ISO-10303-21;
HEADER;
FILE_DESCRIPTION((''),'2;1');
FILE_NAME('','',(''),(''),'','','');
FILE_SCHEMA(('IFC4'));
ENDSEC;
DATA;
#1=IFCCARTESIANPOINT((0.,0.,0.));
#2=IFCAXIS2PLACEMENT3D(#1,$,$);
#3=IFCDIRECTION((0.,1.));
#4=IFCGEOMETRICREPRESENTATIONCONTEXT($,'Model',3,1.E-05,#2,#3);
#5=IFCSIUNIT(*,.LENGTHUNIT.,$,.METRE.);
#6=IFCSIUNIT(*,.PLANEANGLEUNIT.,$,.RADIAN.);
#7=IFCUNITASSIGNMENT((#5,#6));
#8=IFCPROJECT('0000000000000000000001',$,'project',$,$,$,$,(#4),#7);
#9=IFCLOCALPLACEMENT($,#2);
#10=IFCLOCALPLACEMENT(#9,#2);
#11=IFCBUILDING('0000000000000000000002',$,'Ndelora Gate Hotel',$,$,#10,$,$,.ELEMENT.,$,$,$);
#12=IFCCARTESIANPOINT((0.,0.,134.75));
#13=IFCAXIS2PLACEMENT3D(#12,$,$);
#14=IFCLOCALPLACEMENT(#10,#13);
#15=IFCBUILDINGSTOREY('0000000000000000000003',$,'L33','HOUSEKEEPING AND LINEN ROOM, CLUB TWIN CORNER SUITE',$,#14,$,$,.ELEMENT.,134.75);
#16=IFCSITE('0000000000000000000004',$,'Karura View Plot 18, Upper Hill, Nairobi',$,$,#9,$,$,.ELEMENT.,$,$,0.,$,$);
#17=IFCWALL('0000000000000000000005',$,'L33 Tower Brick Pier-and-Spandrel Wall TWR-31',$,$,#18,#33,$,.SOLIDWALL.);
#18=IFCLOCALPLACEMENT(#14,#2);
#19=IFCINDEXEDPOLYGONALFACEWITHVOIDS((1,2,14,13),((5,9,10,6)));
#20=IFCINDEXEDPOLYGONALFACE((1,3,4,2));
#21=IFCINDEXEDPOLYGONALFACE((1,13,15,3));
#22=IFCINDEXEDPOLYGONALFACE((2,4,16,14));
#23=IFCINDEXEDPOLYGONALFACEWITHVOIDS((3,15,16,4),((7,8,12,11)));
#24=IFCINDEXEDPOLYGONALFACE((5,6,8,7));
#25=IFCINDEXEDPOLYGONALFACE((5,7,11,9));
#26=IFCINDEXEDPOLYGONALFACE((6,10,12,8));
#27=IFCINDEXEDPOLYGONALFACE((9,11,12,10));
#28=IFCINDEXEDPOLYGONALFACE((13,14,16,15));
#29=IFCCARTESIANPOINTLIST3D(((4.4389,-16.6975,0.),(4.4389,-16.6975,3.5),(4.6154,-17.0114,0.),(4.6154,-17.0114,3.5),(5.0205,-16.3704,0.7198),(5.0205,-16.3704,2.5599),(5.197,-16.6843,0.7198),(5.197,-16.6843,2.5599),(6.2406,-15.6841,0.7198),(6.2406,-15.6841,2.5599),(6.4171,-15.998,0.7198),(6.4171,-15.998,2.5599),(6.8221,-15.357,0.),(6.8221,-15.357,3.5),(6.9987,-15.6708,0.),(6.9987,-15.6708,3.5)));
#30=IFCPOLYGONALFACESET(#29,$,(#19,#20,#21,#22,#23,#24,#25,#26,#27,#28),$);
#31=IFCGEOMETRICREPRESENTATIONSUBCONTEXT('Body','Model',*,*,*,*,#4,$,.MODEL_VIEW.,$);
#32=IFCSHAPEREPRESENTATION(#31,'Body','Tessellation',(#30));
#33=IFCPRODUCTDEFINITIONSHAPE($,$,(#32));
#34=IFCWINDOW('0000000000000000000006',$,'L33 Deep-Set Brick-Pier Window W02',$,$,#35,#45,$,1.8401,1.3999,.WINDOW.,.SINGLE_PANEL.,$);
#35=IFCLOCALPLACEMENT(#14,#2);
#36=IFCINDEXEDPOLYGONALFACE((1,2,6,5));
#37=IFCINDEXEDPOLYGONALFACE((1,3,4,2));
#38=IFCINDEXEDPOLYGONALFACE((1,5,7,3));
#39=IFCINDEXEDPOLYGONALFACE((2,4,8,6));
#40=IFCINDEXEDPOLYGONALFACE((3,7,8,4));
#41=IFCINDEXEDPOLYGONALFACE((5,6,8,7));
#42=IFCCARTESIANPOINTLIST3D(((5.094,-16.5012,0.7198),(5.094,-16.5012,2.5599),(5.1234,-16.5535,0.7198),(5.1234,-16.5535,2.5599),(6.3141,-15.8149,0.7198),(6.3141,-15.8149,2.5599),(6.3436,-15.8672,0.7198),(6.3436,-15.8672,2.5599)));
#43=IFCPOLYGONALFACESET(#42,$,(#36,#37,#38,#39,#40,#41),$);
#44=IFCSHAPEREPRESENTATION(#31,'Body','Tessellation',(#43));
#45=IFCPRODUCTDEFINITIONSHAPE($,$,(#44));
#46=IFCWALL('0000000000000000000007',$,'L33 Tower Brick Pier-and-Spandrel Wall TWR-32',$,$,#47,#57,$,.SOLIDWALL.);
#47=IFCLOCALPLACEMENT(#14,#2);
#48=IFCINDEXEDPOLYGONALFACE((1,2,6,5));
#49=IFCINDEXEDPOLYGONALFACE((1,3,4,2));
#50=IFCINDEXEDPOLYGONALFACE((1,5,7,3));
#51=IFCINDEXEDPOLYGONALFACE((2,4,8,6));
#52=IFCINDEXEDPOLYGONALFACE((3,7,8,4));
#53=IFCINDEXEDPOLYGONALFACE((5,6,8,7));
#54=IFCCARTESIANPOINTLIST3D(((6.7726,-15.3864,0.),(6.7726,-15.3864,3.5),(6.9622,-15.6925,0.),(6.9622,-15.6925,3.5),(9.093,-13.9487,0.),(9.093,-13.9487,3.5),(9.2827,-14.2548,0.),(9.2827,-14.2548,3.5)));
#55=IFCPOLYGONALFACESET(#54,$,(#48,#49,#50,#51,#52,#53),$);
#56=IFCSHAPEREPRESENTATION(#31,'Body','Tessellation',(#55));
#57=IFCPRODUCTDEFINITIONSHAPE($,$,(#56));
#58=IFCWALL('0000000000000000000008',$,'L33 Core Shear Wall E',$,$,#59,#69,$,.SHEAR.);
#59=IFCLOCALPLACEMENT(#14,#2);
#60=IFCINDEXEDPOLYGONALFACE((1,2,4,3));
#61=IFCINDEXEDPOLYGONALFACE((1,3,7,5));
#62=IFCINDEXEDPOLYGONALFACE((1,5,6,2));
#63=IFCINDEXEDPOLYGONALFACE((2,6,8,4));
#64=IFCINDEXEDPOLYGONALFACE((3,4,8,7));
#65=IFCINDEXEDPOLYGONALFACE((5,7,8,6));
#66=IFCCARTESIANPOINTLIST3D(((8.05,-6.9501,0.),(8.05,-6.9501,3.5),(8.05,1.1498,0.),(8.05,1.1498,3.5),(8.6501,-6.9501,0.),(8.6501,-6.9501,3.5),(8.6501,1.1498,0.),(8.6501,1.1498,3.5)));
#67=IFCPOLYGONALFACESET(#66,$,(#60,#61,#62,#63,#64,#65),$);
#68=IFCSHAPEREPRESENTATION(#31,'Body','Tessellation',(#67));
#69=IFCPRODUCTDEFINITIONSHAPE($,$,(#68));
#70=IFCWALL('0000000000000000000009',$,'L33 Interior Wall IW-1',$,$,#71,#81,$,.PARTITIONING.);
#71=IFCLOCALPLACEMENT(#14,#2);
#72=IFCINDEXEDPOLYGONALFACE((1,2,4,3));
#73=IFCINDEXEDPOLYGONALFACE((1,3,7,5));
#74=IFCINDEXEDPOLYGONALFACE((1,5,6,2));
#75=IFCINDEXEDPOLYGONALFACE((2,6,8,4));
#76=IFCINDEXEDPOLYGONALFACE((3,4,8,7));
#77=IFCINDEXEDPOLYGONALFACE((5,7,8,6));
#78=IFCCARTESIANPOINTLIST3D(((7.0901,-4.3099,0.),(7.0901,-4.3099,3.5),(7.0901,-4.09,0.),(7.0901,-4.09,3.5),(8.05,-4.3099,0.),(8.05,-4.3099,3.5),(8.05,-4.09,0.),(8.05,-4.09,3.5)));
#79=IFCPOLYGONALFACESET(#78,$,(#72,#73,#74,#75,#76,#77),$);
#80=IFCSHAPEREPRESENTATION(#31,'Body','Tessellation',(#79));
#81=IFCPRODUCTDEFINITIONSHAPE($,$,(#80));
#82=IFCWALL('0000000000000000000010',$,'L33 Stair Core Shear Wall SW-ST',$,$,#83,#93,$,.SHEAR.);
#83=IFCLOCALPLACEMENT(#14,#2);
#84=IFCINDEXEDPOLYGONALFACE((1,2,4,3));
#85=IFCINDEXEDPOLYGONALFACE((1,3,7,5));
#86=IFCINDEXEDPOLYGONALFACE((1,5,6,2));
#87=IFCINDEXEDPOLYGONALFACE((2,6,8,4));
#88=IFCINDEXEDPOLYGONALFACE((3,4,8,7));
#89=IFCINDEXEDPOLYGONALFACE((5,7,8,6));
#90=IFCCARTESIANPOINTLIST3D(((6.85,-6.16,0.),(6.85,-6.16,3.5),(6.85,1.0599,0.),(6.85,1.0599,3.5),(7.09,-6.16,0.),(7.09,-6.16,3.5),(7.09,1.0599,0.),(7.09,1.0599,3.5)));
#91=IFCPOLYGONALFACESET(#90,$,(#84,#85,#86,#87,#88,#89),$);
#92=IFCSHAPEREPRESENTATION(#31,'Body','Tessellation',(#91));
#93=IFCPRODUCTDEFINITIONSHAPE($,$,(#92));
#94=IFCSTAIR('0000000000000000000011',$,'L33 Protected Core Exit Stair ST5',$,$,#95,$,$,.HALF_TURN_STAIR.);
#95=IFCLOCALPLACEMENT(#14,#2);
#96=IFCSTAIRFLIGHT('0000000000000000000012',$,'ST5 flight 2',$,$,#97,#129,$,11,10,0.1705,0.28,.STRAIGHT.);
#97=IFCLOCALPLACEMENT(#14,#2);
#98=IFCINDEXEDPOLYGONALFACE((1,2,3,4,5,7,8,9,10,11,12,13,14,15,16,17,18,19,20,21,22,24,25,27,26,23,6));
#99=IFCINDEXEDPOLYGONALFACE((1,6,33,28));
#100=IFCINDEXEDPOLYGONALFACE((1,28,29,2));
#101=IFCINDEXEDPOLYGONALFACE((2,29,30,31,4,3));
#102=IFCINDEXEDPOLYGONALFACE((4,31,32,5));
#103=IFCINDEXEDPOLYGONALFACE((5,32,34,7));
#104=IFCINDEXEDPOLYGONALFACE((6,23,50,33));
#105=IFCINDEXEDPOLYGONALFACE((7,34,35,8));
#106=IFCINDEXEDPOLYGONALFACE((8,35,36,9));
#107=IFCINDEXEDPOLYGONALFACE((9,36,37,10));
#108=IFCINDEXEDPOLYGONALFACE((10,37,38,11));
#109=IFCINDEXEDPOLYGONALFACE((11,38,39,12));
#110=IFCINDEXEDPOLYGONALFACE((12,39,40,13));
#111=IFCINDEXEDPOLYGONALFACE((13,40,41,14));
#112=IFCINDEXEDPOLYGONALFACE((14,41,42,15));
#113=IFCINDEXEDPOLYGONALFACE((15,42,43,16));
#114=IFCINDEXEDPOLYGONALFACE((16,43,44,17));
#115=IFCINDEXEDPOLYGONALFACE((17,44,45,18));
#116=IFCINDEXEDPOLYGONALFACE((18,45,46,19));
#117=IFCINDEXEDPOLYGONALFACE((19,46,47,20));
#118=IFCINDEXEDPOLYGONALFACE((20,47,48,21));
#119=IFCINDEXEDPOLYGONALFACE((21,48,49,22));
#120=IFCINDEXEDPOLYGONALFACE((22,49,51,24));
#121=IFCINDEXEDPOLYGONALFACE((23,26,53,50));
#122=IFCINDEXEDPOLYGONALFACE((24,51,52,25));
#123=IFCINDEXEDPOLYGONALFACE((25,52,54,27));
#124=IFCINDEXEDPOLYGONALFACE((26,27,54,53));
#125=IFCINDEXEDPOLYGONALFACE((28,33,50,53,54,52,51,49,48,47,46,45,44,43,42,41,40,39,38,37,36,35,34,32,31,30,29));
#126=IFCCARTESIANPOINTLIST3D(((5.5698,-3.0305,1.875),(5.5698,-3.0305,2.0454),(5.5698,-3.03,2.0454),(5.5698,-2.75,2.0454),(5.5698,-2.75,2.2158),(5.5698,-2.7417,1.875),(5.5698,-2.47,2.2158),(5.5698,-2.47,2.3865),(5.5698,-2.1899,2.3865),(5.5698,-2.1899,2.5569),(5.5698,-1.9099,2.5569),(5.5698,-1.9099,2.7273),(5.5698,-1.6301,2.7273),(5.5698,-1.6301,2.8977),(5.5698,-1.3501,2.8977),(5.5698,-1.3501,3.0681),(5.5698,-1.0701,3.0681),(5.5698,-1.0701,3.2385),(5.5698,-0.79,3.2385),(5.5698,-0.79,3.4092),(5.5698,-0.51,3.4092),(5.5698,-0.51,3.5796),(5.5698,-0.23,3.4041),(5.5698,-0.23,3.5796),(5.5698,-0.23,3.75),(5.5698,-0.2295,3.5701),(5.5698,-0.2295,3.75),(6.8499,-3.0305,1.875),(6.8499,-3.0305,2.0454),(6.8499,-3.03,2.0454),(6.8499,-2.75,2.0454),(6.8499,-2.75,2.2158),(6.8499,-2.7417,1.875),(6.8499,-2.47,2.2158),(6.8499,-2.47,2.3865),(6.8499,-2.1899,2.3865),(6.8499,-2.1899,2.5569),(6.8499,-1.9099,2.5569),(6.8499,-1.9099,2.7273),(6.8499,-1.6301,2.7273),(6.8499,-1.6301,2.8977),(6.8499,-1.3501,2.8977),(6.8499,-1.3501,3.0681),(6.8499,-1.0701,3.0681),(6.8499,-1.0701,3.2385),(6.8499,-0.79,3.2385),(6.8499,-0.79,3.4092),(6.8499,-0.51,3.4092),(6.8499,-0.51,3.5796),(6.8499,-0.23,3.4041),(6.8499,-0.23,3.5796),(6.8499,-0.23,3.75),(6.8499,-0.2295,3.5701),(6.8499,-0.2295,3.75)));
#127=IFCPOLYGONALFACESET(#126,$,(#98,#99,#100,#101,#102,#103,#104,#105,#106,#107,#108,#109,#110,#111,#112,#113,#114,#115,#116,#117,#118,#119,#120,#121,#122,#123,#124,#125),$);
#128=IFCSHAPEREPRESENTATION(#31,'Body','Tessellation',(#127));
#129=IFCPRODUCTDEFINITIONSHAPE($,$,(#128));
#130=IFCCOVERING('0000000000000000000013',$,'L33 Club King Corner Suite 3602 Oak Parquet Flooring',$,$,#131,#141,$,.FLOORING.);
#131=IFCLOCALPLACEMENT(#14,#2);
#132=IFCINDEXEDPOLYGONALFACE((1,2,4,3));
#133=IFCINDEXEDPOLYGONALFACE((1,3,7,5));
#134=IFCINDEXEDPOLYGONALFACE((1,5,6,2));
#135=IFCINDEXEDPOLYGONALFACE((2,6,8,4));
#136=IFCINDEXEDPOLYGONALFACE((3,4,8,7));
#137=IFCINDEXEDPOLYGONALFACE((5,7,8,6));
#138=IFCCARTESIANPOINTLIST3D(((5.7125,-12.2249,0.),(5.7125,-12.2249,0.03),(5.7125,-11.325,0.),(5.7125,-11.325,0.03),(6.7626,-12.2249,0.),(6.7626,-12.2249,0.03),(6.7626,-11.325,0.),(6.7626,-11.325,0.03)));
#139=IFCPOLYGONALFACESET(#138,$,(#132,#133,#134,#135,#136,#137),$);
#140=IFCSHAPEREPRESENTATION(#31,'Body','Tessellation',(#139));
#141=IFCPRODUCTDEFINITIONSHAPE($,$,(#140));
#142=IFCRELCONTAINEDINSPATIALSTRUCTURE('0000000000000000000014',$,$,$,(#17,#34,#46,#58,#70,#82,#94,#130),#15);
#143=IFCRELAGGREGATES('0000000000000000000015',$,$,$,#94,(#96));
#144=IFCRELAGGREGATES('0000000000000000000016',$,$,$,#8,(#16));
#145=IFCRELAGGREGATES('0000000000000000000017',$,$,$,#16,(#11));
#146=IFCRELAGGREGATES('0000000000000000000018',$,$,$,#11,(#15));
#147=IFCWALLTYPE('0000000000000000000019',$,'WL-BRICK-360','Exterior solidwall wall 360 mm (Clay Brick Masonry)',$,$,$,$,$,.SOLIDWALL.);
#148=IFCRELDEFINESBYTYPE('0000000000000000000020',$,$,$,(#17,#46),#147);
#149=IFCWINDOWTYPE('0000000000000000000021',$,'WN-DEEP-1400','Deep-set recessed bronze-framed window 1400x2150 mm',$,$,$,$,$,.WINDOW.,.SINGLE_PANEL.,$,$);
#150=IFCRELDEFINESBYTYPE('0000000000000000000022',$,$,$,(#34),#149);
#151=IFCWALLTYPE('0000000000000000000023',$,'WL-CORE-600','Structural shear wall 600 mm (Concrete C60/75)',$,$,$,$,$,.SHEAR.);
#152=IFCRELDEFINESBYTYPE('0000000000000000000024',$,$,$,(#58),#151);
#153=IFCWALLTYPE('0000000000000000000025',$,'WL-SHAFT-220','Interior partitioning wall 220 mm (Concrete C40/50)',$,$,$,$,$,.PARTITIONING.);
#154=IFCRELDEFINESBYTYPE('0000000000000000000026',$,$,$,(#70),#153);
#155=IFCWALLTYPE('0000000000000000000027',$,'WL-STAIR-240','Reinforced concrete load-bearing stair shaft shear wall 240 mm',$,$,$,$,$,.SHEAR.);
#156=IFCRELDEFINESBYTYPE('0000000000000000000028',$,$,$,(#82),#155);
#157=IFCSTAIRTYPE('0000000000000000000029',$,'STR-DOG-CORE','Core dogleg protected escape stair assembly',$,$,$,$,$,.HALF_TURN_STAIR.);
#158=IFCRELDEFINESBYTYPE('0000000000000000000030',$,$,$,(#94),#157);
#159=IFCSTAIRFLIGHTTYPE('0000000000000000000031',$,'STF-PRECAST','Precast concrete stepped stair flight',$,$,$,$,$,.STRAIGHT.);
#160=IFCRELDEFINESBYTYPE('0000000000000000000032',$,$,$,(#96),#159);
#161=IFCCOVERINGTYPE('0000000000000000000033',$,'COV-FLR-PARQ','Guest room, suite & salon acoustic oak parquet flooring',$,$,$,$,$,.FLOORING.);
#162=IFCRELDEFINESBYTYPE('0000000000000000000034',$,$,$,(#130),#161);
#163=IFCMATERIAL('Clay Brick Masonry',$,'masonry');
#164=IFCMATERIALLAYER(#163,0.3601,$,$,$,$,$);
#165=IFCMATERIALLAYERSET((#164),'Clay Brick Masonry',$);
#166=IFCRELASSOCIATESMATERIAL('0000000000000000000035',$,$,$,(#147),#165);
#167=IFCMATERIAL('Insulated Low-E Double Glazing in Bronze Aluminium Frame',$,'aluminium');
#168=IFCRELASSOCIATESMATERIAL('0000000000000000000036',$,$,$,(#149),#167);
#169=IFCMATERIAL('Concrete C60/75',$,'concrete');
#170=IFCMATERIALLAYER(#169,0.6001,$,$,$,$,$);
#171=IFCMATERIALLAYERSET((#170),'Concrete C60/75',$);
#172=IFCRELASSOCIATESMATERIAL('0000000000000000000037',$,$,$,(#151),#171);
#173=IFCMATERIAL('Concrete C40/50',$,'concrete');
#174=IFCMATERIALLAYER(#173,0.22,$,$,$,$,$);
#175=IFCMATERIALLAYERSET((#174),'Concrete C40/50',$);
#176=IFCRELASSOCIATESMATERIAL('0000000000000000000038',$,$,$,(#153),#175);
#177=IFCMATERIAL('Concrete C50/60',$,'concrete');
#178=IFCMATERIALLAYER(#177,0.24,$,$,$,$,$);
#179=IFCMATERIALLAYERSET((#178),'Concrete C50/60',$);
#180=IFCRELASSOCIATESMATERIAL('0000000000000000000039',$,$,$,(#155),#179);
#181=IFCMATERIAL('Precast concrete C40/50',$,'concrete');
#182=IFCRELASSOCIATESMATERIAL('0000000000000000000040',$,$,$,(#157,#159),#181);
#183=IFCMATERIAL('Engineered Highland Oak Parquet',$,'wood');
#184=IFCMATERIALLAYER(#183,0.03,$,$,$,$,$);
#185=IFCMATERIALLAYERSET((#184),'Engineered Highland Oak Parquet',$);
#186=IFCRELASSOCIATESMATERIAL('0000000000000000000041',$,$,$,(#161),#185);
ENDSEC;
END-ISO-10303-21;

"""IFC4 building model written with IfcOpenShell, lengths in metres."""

from ifc_helpers import new_model, si_unit, direction, frame, frame_2d, origin, origin_2d, place, context, subcontext, project, spatial, polyline, rectangle, outline, extrude, material, layer, layer_set, type_object, element, fill, aggregate, save


model = new_model("IFC4")

# Units and contexts
model_context = context("Model", 3, precision=1e-05, world=origin(), true_north=direction((0.0, 1.0)))
body_context = subcontext(model_context, "Body", "Model", "MODEL_VIEW")
ifc_project = project(units=[si_unit("LENGTHUNIT", "METRE"), si_unit("PLANEANGLEUNIT", "RADIAN")], contexts=[model_context])

# Site, building, storey
site_placement = place(None, origin())
site = spatial("IfcSite", under=ifc_project, at=site_placement, Name="Karura View Plot 18, Upper Hill, Nairobi", CompositionType="ELEMENT", RefElevation=0.0)
building_placement = place(site_placement, origin())
building = spatial("IfcBuilding", under=site, at=building_placement, Name="Ndelora Gate Hotel", CompositionType="ELEMENT")
storey_placement = place(building_placement, frame((0.0, 0.0, 134.75)))
storey = spatial("IfcBuildingStorey", under=building, at=storey_placement, Name="L33", Description="HOUSEKEEPING AND LINEN ROOM, CLUB TWIN CORNER SUITE", CompositionType="ELEMENT", Elevation=134.75)

# Shared definitions
ifc_material_1 = material(Name="Concrete C60/75", Category="concrete")

# Wall, opening, window
ifc_material_2 = material(Name="Clay Brick Masonry", Category="masonry")
ifc_layer_1 = layer(ifc_material_2, 0.3601)
ifc_layer_set_1 = layer_set([ifc_layer_1], Name="Clay Brick Masonry")
wall_type_1 = type_object("IfcWallType", Name="WL-BRICK-360", Description="Exterior solidwall wall 360 mm (Clay Brick Masonry)", PredefinedType="SOLIDWALL", material=ifc_layer_set_1)
wall_1_placement = place(storey_placement, frame((6.9104, -15.5139, 0.0), z_axis=(0.0, 0.0, 1.0), x_axis=(-0.87158, -0.490253, 0.0)))
wall_1 = element("IfcWall", 1, at=wall_1_placement, inside=storey, type_object=wall_type_1, Name="L33 Tower Brick Pier-and-Spandrel Wall TWR-31", PredefinedType="SOLIDWALL", context=body_context, shape_type="SweptSolid", body=[
    extrude(rectangle(XDim=2.7344, YDim=0.3601, at=frame_2d((1.3672, 0.0))), origin(), (0.0, 0.0, 1.0), 3.5),
])
opening_1_placement = place(wall_1_placement, frame((0.6672, 0.0, 0.72)))
opening_1 = element("IfcOpeningElement", 2, at=opening_1_placement, cuts=wall_1, PredefinedType="OPENING", context=body_context, shape_type="SweptSolid", body=[
    extrude(rectangle(XDim=1.3999, YDim=1.8401, at=frame_2d((0.7, 0.9199))), frame((0.0, 0.1899, 0.0), z_axis=(0.0, -1.0, 0.0), x_axis=(1.0, 0.0, 0.0)), (0.0, 0.0, 1.0), 0.3801),
])
ifc_material_3 = material(Name="Insulated Low-E Double Glazing in Bronze Aluminium Frame", Category="aluminium")
window_type = type_object("IfcWindowType", Name="WN-DEEP-1400", Description="Deep-set recessed bronze-framed window 1400x2150 mm", PartitioningType="SINGLE_PANEL", PredefinedType="WINDOW", material=ifc_material_3)
window_placement = place(opening_1_placement, origin())
window = element("IfcWindow", 3, at=window_placement, inside=storey, type_object=window_type, Name="L33 Deep-Set Brick-Pier Window W02", OverallHeight=1.8401, OverallWidth=1.3999, PartitioningType="SINGLE_PANEL", PredefinedType="WINDOW", context=body_context, shape_type="SweptSolid", body=[
    extrude(rectangle(XDim=1.3999, YDim=1.8401, at=frame_2d((0.7, 0.9199))), frame((0.0, 0.03, 0.0), z_axis=(0.0, -1.0, 0.0), x_axis=(1.0, 0.0, 0.0)), (0.0, 0.0, 1.0), 0.0601),
])
fill(opening_1, window)

# Walls
wall_2_placement = place(storey_placement, frame((9.1877, -14.1018, 0.0), z_axis=(0.0, 0.0, 1.0), x_axis=(-0.850067, -0.526675, 0.0)))
element("IfcWall", 4, at=wall_2_placement, inside=storey, type_object=wall_type_1, Name="L33 Tower Brick Pier-and-Spandrel Wall TWR-32", PredefinedType="SOLIDWALL", context=body_context, shape_type="SweptSolid", body=[
    extrude(rectangle(XDim=2.7297, YDim=0.3601, at=frame_2d((1.3647, 0.0))), origin(), (0.0, 0.0, 1.0), 3.5),
])
ifc_layer_2 = layer(ifc_material_1, 0.6001)
ifc_layer_set_2 = layer_set([ifc_layer_2], Name="Concrete C60/75")
wall_type_2 = type_object("IfcWallType", Name="WL-CORE-600", Description="Structural shear wall 600 mm (Concrete C60/75)", PredefinedType="SHEAR", material=ifc_layer_set_2)
wall_3_placement = place(storey_placement, frame((8.3501, -6.95, 0.0), z_axis=(0.0, 0.0, 1.0), x_axis=(0.0, 1.0, 0.0)))
element("IfcWall", 5, at=wall_3_placement, inside=storey, type_object=wall_type_2, Name="L33 Core Shear Wall E", PredefinedType="SHEAR", context=body_context, shape_type="SweptSolid", body=[
    extrude(rectangle(XDim=8.0999, YDim=0.6001, at=frame_2d((4.0498, 0.0))), origin(), (0.0, 0.0, 1.0), 3.5),
])

# Walls
ifc_material_4 = material(Name="Concrete C40/50", Category="concrete")
ifc_layer_3 = layer(ifc_material_4, 0.22)
ifc_layer_set_3 = layer_set([ifc_layer_3], Name="Concrete C40/50")
wall_type_3 = type_object("IfcWallType", Name="WL-SHAFT-220", Description="Interior partitioning wall 220 mm (Concrete C40/50)", PredefinedType="PARTITIONING", material=ifc_layer_set_3)
wall_4_placement = place(storey_placement, frame((7.0901, -4.2, 0.0), z_axis=(0.0, 0.0, 1.0), x_axis=(1.0, 0.0, 0.0)))
element("IfcWall", 6, at=wall_4_placement, inside=storey, type_object=wall_type_3, Name="L33 Interior Wall IW-1", PredefinedType="PARTITIONING", context=body_context, shape_type="SweptSolid", body=[
    extrude(rectangle(XDim=0.96, YDim=0.22, at=frame_2d((0.48, 0.0))), origin(), (0.0, 0.0, 1.0), 3.5),
])
ifc_material_5 = material(Name="Concrete C50/60", Category="concrete")
ifc_layer_4 = layer(ifc_material_5, 0.24)
ifc_layer_set_4 = layer_set([ifc_layer_4], Name="Concrete C50/60")
wall_type_4 = type_object("IfcWallType", Name="WL-STAIR-240", Description="Reinforced concrete load-bearing stair shaft shear wall 240 mm", PredefinedType="SHEAR", material=ifc_layer_set_4)
wall_5_placement = place(storey_placement, frame((6.97, -6.1599, 0.0), z_axis=(0.0, 0.0, 1.0), x_axis=(0.0, 1.0, 0.0)))
element("IfcWall", 7, at=wall_5_placement, inside=storey, type_object=wall_type_4, Name="L33 Stair Core Shear Wall SW-ST", PredefinedType="SHEAR", context=body_context, shape_type="SweptSolid", body=[
    extrude(rectangle(XDim=7.22, YDim=0.24, at=frame_2d((3.6099, 0.0))), origin(), (0.0, 0.0, 1.0), 3.5),
])

# Stair, stair flight
ifc_material_6 = material(Name="Precast concrete C40/50", Category="concrete")
stair_type = type_object("IfcStairType", Name="STR-DOG-CORE", Description="Core dogleg protected escape stair assembly", PredefinedType="HALF_TURN_STAIR", material=ifc_material_6)
stair_placement = place(storey_placement, origin())
stair = element("IfcStair", 8, at=stair_placement, inside=storey, type_object=stair_type, Name="L33 Protected Core Exit Stair ST5", PredefinedType="HALF_TURN_STAIR")
stair_flight_type = type_object("IfcStairFlightType", Name="STF-PRECAST", Description="Precast concrete stepped stair flight", PredefinedType="STRAIGHT", material=ifc_material_6)
stair_flight_placement = place(storey_placement, frame((6.21, -3.03, 1.875), z_axis=(0.0, 0.0, 1.0), x_axis=(0.0, 1.0, 0.0)))
stair_flight = element("IfcStairFlight", 9, at=stair_flight_placement, type_object=stair_flight_type, Name="ST5 flight 2", NumberOfRisers=11, NumberOfTreads=10, PredefinedType="STRAIGHT", RiserHeight=0.1705, TreadLength=0.28, context=body_context, shape_type="SweptSolid", body=[
    extrude(outline(polyline([(-0.0005, 0.0), (-0.0005, 0.1704), (0.0, 0.1704), (0.28, 0.1704), (0.28, 0.3408), (0.5601, 0.3408), (0.5601, 0.5115), (0.8401, 0.5115), (0.8401, 0.6819), (1.1201, 0.6819), (1.1201, 0.8523), (1.3999, 0.8523), (1.3999, 1.0227), (1.6799, 1.0227), (1.6799, 1.1931), (1.96, 1.1931), (1.96, 1.3635), (2.24, 1.3635), (2.24, 1.5342), (2.52, 1.5342), (2.52, 1.7046), (2.8, 1.7046), (2.8, 1.875), (2.8005, 1.875), (2.8005, 1.6951), (2.8, 1.5291), (0.2883, 0.0), (-0.0005, 0.0)])), frame((0.0, 0.6401, 0.0), z_axis=(0.0, -1.0, 0.0), x_axis=(1.0, 0.0, 0.0)), (0.0, 0.0, 1.0), 1.28),
])
aggregate(stair, [stair_flight])

# Covering
ifc_material_7 = material(Name="Engineered Highland Oak Parquet", Category="wood")
ifc_layer_5 = layer(ifc_material_7, 0.03)
ifc_layer_set_5 = layer_set([ifc_layer_5], Name="Engineered Highland Oak Parquet")
covering_type = type_object("IfcCoveringType", Name="COV-FLR-PARQ", Description="Guest room, suite & salon acoustic oak parquet flooring", PredefinedType="FLOORING", material=ifc_layer_set_5)
covering_placement = place(storey_placement, frame((6.2375, -11.7749, 0.0), z_axis=(0.0, 0.0, 1.0), x_axis=(1.0, 0.0, 0.0)))
element("IfcCovering", 10, at=covering_placement, inside=storey, type_object=covering_type, Name="L33 Club King Corner Suite 3602 Oak Parquet Flooring", PredefinedType="FLOORING", context=body_context, shape_type="SweptSolid", body=[
    extrude(rectangle(XDim=1.05, YDim=0.8999, at=origin_2d()), origin(), (0.0, 0.0, 1.0), 0.03),
])

save(model, "model.ifc")
